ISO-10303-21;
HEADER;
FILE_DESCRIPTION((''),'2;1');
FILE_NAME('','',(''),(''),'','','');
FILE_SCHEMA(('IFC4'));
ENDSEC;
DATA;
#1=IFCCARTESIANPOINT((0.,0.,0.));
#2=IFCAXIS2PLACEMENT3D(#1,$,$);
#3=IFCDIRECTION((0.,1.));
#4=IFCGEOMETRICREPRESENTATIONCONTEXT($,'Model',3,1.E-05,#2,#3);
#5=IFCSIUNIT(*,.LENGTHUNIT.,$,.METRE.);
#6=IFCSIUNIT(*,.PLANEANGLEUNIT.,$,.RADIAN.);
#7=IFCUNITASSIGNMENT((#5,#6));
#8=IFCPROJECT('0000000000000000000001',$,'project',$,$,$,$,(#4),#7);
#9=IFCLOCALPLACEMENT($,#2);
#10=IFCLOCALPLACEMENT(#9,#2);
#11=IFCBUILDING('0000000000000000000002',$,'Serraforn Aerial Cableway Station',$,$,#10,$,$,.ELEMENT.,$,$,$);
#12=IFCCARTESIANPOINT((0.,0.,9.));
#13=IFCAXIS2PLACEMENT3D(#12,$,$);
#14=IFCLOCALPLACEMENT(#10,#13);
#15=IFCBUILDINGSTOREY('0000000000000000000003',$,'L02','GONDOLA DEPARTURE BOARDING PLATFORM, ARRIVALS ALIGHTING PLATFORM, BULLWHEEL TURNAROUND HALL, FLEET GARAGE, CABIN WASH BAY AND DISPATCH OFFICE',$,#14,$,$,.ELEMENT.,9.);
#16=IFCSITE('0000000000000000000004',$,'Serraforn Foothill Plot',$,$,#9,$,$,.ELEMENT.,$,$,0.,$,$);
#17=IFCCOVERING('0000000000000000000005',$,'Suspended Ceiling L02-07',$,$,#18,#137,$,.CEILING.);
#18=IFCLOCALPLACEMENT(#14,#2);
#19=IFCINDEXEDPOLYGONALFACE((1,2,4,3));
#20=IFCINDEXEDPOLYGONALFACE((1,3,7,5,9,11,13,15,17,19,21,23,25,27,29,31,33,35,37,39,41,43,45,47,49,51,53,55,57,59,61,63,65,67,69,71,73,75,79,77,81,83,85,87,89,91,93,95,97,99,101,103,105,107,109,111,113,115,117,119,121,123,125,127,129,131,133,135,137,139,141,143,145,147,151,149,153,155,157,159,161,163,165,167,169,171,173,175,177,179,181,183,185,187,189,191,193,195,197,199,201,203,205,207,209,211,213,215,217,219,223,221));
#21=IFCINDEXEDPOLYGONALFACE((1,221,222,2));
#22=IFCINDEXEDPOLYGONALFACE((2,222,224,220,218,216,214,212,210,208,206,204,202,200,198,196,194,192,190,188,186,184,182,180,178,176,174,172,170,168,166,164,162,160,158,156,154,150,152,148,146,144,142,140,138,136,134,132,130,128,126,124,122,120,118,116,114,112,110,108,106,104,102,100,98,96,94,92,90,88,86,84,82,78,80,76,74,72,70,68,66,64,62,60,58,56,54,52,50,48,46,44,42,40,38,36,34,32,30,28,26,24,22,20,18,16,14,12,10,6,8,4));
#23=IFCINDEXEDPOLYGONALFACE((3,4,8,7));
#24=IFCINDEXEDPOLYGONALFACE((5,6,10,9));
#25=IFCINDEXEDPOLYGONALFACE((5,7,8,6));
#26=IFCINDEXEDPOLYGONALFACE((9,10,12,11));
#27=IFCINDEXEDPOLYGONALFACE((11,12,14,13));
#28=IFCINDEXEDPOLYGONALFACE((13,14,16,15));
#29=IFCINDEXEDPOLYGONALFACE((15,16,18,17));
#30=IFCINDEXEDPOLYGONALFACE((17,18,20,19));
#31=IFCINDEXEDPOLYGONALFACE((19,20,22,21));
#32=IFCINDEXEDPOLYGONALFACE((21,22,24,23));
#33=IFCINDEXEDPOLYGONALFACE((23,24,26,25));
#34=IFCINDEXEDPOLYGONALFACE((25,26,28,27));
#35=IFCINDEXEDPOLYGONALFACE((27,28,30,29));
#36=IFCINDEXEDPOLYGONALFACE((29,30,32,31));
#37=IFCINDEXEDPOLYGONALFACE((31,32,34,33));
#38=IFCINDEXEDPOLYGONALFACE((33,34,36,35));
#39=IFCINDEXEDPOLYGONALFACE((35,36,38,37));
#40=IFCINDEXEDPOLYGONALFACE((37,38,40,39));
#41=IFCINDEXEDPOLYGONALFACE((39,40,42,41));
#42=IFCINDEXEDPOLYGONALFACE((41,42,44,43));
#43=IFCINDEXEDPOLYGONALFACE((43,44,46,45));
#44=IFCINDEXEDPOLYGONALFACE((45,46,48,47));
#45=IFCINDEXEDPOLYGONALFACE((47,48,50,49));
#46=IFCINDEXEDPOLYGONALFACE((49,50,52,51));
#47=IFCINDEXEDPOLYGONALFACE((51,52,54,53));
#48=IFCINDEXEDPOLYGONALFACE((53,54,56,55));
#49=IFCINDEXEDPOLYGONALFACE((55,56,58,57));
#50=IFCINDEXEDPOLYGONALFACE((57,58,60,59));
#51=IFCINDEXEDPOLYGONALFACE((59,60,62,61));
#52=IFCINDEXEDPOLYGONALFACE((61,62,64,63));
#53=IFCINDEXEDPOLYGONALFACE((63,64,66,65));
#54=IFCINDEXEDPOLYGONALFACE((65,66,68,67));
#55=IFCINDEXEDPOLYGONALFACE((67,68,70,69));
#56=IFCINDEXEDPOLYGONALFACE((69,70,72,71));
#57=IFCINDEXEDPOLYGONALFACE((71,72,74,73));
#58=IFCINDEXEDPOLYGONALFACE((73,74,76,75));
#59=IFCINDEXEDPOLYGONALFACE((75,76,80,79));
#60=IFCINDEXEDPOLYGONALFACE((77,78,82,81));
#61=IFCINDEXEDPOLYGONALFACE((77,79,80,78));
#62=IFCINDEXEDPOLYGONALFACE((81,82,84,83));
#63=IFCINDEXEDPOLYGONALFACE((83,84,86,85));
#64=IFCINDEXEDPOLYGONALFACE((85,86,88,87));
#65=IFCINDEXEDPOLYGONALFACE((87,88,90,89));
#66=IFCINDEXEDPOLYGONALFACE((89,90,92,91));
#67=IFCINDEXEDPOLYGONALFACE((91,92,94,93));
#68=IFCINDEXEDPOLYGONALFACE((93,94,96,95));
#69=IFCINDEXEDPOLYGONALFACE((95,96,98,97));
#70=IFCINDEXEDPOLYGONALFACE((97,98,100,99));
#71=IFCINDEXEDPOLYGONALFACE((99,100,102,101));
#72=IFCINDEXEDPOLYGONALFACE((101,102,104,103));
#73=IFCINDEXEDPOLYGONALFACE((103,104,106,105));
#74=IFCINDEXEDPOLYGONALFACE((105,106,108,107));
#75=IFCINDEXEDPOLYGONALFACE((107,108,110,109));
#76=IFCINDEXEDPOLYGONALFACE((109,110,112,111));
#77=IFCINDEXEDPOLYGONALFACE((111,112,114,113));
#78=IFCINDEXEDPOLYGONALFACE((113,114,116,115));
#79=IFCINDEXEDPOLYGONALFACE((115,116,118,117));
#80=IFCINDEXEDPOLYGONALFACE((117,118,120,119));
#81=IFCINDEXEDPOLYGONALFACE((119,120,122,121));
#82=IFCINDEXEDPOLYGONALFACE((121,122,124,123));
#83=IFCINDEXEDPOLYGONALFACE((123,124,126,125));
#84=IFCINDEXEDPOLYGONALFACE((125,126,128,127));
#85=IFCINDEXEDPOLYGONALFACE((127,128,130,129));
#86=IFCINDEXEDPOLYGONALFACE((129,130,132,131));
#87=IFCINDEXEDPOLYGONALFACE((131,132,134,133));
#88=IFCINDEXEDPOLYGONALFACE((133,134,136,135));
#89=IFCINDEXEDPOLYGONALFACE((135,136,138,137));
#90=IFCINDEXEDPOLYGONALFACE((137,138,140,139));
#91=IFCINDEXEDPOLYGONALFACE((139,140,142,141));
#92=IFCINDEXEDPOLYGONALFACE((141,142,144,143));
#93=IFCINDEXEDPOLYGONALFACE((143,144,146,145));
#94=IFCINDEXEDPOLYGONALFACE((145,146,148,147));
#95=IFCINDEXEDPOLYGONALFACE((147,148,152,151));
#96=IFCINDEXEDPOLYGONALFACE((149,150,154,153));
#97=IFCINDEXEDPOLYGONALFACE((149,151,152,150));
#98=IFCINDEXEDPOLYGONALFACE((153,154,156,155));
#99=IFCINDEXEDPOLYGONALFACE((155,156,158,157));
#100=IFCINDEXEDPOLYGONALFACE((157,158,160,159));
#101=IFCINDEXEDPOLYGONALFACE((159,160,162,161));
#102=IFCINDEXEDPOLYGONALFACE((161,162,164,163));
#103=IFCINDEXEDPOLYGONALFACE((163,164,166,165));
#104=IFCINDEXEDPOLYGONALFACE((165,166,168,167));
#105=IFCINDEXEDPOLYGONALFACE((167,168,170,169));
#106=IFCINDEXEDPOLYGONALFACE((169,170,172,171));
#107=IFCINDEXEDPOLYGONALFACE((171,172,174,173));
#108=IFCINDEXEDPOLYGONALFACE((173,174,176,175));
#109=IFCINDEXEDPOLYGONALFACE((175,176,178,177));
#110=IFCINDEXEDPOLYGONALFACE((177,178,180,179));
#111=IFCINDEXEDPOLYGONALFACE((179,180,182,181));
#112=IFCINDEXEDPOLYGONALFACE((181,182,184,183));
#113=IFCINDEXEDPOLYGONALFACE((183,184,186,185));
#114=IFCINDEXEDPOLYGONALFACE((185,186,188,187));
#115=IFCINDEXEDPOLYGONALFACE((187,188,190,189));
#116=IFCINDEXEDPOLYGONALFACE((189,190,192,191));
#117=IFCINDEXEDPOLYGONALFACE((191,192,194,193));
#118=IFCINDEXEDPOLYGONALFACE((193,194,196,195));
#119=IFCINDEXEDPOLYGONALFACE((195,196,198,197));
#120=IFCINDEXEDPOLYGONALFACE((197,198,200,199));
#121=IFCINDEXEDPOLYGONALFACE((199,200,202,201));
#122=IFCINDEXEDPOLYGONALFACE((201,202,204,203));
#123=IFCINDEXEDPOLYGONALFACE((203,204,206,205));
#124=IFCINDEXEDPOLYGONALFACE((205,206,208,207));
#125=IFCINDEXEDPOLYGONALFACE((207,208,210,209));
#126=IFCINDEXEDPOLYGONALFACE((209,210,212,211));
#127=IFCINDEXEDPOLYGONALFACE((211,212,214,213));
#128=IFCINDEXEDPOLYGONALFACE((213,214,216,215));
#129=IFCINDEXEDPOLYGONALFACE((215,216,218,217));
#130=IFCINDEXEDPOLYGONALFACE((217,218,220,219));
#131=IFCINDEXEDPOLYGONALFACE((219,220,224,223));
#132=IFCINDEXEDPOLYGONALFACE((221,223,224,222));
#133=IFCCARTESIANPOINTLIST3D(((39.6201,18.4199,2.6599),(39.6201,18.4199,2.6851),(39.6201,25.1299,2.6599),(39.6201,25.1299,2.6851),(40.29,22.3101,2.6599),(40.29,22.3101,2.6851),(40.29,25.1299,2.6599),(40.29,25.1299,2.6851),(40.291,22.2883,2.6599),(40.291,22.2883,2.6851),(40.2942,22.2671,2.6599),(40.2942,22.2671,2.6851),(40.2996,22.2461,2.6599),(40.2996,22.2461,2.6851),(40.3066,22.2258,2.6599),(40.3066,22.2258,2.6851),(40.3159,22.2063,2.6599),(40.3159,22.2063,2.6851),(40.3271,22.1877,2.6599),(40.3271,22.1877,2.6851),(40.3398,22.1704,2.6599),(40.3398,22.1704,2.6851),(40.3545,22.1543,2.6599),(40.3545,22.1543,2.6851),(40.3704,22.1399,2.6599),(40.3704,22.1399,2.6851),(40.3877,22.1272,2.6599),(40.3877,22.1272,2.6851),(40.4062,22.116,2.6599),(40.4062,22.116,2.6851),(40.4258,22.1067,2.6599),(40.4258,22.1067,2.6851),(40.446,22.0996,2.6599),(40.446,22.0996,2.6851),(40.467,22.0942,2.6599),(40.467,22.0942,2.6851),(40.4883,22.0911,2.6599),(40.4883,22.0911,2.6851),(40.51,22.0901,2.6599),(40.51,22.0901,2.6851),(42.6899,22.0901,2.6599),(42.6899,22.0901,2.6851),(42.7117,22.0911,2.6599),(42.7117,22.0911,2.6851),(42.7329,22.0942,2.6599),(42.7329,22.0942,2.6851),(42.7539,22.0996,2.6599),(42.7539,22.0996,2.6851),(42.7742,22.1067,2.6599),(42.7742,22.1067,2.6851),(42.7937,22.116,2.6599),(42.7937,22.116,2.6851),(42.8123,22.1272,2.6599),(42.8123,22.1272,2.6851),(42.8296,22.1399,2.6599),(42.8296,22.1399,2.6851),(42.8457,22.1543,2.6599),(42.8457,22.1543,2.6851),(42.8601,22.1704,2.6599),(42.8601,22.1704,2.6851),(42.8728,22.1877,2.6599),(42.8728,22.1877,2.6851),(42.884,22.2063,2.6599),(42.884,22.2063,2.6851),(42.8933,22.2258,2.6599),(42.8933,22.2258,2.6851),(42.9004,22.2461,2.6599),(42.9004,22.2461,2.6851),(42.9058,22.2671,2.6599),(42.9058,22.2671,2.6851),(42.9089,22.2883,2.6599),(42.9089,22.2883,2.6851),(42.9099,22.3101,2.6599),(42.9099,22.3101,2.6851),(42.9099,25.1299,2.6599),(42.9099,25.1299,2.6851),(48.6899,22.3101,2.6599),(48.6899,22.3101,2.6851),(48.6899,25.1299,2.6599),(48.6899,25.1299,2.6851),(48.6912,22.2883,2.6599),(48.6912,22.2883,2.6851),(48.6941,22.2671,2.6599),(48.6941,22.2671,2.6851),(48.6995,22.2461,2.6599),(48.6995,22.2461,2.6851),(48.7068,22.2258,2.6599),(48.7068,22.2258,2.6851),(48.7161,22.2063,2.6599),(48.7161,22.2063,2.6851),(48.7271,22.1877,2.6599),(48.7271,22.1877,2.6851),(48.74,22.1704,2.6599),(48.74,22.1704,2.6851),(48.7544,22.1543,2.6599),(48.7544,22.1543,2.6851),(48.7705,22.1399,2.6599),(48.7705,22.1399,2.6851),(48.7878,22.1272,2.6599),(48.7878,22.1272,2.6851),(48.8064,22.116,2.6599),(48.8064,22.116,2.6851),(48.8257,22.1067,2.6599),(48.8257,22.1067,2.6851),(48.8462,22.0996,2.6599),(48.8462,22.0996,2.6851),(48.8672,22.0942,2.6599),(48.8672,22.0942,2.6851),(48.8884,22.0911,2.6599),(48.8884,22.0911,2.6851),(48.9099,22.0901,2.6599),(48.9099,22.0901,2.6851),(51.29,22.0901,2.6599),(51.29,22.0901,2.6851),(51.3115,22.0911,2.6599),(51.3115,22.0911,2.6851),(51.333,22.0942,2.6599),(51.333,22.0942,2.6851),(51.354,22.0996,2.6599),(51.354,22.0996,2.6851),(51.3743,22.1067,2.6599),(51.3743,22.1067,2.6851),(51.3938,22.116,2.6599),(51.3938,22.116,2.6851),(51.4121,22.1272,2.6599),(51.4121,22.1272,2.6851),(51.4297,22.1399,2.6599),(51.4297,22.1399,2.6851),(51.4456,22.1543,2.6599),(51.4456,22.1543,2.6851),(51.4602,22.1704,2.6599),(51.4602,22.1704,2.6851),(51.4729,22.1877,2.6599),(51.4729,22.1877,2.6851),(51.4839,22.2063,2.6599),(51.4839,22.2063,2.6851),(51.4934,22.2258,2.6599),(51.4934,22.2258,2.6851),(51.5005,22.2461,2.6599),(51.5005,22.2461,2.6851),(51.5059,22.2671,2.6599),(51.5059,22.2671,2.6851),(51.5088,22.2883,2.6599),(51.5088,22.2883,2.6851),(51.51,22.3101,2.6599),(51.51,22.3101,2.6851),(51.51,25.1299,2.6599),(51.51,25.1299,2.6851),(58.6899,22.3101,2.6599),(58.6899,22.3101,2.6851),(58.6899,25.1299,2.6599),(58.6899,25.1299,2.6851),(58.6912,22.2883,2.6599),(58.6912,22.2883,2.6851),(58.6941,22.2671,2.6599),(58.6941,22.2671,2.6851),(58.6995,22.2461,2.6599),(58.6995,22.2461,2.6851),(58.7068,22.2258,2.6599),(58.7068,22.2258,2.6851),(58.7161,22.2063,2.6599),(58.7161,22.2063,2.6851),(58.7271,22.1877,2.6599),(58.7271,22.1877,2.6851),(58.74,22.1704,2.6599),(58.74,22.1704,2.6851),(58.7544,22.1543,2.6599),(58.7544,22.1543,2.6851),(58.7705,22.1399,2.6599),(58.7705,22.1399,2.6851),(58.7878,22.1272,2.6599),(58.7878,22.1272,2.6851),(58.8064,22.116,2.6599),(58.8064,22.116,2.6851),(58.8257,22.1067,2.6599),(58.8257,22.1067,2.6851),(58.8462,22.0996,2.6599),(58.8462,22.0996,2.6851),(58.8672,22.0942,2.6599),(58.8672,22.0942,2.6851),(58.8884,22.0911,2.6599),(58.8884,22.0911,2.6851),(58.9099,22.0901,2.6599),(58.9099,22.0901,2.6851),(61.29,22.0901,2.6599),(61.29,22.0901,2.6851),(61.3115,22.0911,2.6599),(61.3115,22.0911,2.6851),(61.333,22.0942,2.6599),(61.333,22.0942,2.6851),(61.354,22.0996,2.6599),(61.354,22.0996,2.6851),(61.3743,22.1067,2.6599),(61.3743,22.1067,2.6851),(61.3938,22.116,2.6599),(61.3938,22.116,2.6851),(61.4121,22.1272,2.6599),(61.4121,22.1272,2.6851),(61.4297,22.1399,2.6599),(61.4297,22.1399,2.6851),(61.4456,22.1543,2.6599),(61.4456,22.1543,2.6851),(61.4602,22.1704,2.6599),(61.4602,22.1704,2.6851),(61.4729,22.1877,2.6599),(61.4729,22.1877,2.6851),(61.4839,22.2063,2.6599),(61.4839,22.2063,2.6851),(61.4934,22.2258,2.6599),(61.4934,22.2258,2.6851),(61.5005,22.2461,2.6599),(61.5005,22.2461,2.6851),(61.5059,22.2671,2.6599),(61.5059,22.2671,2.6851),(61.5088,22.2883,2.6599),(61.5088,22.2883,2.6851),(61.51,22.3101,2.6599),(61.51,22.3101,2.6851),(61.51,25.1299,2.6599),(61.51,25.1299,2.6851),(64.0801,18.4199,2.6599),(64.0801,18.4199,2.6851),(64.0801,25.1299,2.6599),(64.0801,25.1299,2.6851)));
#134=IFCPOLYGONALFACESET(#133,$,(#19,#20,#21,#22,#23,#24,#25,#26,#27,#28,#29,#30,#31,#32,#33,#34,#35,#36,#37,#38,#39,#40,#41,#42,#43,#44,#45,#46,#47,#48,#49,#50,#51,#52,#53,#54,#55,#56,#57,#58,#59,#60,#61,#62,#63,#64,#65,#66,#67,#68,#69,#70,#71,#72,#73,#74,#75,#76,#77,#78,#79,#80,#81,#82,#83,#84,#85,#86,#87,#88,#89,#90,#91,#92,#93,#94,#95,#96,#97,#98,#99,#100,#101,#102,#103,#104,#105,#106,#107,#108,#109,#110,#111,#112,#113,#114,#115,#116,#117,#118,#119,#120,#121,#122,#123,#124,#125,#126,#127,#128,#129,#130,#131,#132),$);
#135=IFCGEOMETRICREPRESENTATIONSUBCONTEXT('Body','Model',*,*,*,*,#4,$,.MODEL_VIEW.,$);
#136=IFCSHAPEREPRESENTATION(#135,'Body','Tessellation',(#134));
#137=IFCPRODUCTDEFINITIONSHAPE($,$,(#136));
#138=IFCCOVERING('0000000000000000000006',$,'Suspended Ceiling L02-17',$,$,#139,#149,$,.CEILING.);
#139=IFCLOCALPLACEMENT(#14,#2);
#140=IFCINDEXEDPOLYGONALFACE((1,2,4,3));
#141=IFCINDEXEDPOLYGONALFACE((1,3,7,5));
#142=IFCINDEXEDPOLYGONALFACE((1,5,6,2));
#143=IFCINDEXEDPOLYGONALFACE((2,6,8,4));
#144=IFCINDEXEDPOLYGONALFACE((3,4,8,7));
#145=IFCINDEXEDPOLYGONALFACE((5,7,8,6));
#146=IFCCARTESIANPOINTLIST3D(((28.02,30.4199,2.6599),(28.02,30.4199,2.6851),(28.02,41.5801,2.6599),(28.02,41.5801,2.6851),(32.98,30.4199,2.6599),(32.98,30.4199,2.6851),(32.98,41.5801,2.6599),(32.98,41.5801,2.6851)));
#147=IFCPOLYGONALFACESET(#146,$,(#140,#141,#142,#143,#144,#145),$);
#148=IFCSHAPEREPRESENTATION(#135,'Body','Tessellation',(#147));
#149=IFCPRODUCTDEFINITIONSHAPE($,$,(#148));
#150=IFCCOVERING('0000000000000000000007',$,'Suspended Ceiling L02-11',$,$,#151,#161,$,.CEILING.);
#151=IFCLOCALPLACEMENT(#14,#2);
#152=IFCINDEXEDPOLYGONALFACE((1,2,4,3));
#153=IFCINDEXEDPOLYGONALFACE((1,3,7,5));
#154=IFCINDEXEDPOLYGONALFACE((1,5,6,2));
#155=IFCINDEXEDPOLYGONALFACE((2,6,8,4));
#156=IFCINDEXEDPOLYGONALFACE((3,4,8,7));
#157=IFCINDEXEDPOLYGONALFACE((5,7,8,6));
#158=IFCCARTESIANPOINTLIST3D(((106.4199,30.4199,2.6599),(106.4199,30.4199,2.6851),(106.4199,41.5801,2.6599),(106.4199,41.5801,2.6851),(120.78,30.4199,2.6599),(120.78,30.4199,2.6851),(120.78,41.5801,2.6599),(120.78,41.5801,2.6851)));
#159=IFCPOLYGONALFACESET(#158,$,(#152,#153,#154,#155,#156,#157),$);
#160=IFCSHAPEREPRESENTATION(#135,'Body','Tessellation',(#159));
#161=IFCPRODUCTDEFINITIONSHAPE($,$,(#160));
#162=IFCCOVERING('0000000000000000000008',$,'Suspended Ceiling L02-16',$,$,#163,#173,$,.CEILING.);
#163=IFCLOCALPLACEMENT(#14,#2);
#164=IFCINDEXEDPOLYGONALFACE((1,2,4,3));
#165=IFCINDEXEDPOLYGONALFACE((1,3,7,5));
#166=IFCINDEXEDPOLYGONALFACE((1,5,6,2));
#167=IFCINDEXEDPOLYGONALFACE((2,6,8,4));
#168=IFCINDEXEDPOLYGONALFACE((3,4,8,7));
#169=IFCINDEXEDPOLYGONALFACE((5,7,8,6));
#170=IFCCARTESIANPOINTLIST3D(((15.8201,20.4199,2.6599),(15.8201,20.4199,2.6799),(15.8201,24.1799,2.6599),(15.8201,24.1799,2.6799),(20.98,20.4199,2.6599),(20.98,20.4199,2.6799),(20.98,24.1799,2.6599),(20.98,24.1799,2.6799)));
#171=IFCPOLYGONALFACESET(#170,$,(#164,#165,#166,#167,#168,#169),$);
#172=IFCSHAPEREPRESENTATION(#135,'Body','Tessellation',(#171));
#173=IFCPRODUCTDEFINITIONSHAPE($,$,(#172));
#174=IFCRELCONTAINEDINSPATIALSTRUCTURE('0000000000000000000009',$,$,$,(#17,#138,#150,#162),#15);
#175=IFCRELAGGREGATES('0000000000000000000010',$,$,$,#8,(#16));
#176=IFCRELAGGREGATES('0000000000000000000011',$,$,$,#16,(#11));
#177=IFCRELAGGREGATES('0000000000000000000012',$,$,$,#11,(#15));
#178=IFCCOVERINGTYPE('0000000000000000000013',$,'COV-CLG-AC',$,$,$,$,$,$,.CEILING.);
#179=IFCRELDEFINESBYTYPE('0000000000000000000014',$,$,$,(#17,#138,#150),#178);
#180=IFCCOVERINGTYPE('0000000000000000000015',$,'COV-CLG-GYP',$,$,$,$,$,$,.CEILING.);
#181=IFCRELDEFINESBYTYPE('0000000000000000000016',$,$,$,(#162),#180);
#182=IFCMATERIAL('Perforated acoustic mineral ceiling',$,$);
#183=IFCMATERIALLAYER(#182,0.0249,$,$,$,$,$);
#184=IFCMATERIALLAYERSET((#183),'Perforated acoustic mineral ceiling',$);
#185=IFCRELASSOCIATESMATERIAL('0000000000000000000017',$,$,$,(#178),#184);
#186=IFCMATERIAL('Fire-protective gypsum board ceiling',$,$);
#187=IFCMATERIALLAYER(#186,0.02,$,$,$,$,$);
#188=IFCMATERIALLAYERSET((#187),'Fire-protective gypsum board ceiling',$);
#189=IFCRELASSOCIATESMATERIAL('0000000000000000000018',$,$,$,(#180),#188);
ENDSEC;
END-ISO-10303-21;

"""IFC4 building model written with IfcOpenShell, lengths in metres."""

from ifc_helpers import new_model, si_unit, direction, frame, origin, place, context, subcontext, project, spatial, polyline, outline, extrude, material, layer, layer_set, type_object, element, save


model = new_model("IFC4")

# Units and contexts
model_context = context("Model", 3, precision=1e-05, world=origin(), true_north=direction((0.0, 1.0)))
body_context = subcontext(model_context, "Body", "Model", "MODEL_VIEW")
ifc_project = project(units=[si_unit("LENGTHUNIT", "METRE"), si_unit("PLANEANGLEUNIT", "RADIAN")], contexts=[model_context])

# Site, building, storey
site_placement = place(None, origin())
site = spatial("IfcSite", under=ifc_project, at=site_placement, Name="Serraforn Foothill Plot", CompositionType="ELEMENT", RefElevation=0.0)
building_placement = place(site_placement, origin())
building = spatial("IfcBuilding", under=site, at=building_placement, Name="Serraforn Aerial Cableway Station", CompositionType="ELEMENT")
storey_placement = place(building_placement, frame((0.0, 0.0, 9.0)))
storey = spatial("IfcBuildingStorey", under=building, at=storey_placement, Name="L02", Description="GONDOLA DEPARTURE BOARDING PLATFORM, ARRIVALS ALIGHTING PLATFORM, BULLWHEEL TURNAROUND HALL, FLEET GARAGE, CABIN WASH BAY AND DISPATCH OFFICE", CompositionType="ELEMENT", Elevation=9.0)

# Coverings
ifc_material_1 = material(Name="Perforated acoustic mineral ceiling")
ifc_layer_1 = layer(ifc_material_1, 0.0249)
ifc_layer_set_1 = layer_set([ifc_layer_1], Name="Perforated acoustic mineral ceiling")
covering_type_1 = type_object("IfcCoveringType", Name="COV-CLG-AC", PredefinedType="CEILING", material=ifc_layer_set_1)
covering_1_placement = place(storey_placement, frame((0.0, 0.0, 2.6599)))
element("IfcCovering", 1, at=covering_1_placement, inside=storey, type_object=covering_type_1, Name="Suspended Ceiling L02-07", PredefinedType="CEILING", context=body_context, shape_type="SweptSolid", body=[
    extrude(outline(polyline([(39.6201, 18.4199), (39.6201, 25.1299), (40.29, 25.1299), (40.29, 22.3101), (40.291, 22.2883), (40.2942, 22.2671), (40.2996, 22.2461), (40.3066, 22.2258), (40.3159, 22.2063), (40.3271, 22.1877), (40.3398, 22.1704), (40.3545, 22.1543), (40.3704, 22.1399), (40.3877, 22.1272), (40.4062, 22.116), (40.4258, 22.1067), (40.446, 22.0996), (40.467, 22.0942), (40.4883, 22.0911), (40.51, 22.0901), (42.6899, 22.0901), (42.7117, 22.0911), (42.7329, 22.0942), (42.7539, 22.0996), (42.7742, 22.1067), (42.7937, 22.116), (42.8123, 22.1272), (42.8296, 22.1399), (42.8457, 22.1543), (42.8601, 22.1704), (42.8728, 22.1877), (42.884, 22.2063), (42.8933, 22.2258), (42.9004, 22.2461), (42.9058, 22.2671), (42.9089, 22.2883), (42.9099, 22.3101), (42.9099, 25.1299), (48.6899, 25.1299), (48.6899, 22.3101), (48.6912, 22.2883), (48.6941, 22.2671), (48.6995, 22.2461), (48.7068, 22.2258), (48.7161, 22.2063), (48.7271, 22.1877), (48.74, 22.1704), (48.7544, 22.1543), (48.7705, 22.1399), (48.7878, 22.1272), (48.8064, 22.116), (48.8257, 22.1067), (48.8462, 22.0996), (48.8672, 22.0942), (48.8884, 22.0911), (48.9099, 22.0901), (51.29, 22.0901), (51.3115, 22.0911), (51.333, 22.0942), (51.354, 22.0996), (51.3743, 22.1067), (51.3938, 22.116), (51.4121, 22.1272), (51.4297, 22.1399), (51.4456, 22.1543), (51.4602, 22.1704), (51.4729, 22.1877), (51.4839, 22.2063), (51.4934, 22.2258), (51.5005, 22.2461), (51.5059, 22.2671), (51.5088, 22.2883), (51.51, 22.3101), (51.51, 25.1299), (58.6899, 25.1299), (58.6899, 22.3101), (58.6912, 22.2883), (58.6941, 22.2671), (58.6995, 22.2461), (58.7068, 22.2258), (58.7161, 22.2063), (58.7271, 22.1877), (58.74, 22.1704), (58.7544, 22.1543), (58.7705, 22.1399), (58.7878, 22.1272), (58.8064, 22.116), (58.8257, 22.1067), (58.8462, 22.0996), (58.8672, 22.0942), (58.8884, 22.0911), (58.9099, 22.0901), (61.29, 22.0901), (61.3115, 22.0911), (61.333, 22.0942), (61.354, 22.0996), (61.3743, 22.1067), (61.3938, 22.116), (61.4121, 22.1272), (61.4297, 22.1399), (61.4456, 22.1543), (61.4602, 22.1704), (61.4729, 22.1877), (61.4839, 22.2063), (61.4934, 22.2258), (61.5005, 22.2461), (61.5059, 22.2671), (61.5088, 22.2883), (61.51, 22.3101), (61.51, 25.1299), (64.0801, 25.1299), (64.0801, 18.4199), (39.6201, 18.4199)])), origin(), (0.0, 0.0, 1.0), 0.0251),
])
covering_2_placement = place(storey_placement, frame((0.0, 0.0, 2.6599)))
element("IfcCovering", 2, at=covering_2_placement, inside=storey, type_object=covering_type_1, Name="Suspended Ceiling L02-17", PredefinedType="CEILING", context=body_context, shape_type="SweptSolid", body=[
    extrude(outline(polyline([(28.02, 30.4199), (28.02, 41.5801), (32.98, 41.5801), (32.98, 30.4199), (28.02, 30.4199)])), origin(), (0.0, 0.0, 1.0), 0.0251),
])
covering_3_placement = place(storey_placement, frame((0.0, 0.0, 2.6599)))
element("IfcCovering", 3, at=covering_3_placement, inside=storey, type_object=covering_type_1, Name="Suspended Ceiling L02-11", PredefinedType="CEILING", context=body_context, shape_type="SweptSolid", body=[
    extrude(outline(polyline([(106.4199, 30.4199), (106.4199, 41.5801), (120.78, 41.5801), (120.78, 30.4199), (106.4199, 30.4199)])), origin(), (0.0, 0.0, 1.0), 0.0251),
])
ifc_material_2 = material(Name="Fire-protective gypsum board ceiling")
ifc_layer_2 = layer(ifc_material_2, 0.02)
ifc_layer_set_2 = layer_set([ifc_layer_2], Name="Fire-protective gypsum board ceiling")
covering_type_2 = type_object("IfcCoveringType", Name="COV-CLG-GYP", PredefinedType="CEILING", material=ifc_layer_set_2)
covering_4_placement = place(storey_placement, frame((0.0, 0.0, 2.6599)))
element("IfcCovering", 4, at=covering_4_placement, inside=storey, type_object=covering_type_2, Name="Suspended Ceiling L02-16", PredefinedType="CEILING", context=body_context, shape_type="SweptSolid", body=[
    extrude(outline(polyline([(15.8201, 20.4199), (15.8201, 24.1799), (20.98, 24.1799), (20.98, 20.4199), (15.8201, 20.4199)])), origin(), (0.0, 0.0, 1.0), 0.02),
])

save(model, "model.ifc")
